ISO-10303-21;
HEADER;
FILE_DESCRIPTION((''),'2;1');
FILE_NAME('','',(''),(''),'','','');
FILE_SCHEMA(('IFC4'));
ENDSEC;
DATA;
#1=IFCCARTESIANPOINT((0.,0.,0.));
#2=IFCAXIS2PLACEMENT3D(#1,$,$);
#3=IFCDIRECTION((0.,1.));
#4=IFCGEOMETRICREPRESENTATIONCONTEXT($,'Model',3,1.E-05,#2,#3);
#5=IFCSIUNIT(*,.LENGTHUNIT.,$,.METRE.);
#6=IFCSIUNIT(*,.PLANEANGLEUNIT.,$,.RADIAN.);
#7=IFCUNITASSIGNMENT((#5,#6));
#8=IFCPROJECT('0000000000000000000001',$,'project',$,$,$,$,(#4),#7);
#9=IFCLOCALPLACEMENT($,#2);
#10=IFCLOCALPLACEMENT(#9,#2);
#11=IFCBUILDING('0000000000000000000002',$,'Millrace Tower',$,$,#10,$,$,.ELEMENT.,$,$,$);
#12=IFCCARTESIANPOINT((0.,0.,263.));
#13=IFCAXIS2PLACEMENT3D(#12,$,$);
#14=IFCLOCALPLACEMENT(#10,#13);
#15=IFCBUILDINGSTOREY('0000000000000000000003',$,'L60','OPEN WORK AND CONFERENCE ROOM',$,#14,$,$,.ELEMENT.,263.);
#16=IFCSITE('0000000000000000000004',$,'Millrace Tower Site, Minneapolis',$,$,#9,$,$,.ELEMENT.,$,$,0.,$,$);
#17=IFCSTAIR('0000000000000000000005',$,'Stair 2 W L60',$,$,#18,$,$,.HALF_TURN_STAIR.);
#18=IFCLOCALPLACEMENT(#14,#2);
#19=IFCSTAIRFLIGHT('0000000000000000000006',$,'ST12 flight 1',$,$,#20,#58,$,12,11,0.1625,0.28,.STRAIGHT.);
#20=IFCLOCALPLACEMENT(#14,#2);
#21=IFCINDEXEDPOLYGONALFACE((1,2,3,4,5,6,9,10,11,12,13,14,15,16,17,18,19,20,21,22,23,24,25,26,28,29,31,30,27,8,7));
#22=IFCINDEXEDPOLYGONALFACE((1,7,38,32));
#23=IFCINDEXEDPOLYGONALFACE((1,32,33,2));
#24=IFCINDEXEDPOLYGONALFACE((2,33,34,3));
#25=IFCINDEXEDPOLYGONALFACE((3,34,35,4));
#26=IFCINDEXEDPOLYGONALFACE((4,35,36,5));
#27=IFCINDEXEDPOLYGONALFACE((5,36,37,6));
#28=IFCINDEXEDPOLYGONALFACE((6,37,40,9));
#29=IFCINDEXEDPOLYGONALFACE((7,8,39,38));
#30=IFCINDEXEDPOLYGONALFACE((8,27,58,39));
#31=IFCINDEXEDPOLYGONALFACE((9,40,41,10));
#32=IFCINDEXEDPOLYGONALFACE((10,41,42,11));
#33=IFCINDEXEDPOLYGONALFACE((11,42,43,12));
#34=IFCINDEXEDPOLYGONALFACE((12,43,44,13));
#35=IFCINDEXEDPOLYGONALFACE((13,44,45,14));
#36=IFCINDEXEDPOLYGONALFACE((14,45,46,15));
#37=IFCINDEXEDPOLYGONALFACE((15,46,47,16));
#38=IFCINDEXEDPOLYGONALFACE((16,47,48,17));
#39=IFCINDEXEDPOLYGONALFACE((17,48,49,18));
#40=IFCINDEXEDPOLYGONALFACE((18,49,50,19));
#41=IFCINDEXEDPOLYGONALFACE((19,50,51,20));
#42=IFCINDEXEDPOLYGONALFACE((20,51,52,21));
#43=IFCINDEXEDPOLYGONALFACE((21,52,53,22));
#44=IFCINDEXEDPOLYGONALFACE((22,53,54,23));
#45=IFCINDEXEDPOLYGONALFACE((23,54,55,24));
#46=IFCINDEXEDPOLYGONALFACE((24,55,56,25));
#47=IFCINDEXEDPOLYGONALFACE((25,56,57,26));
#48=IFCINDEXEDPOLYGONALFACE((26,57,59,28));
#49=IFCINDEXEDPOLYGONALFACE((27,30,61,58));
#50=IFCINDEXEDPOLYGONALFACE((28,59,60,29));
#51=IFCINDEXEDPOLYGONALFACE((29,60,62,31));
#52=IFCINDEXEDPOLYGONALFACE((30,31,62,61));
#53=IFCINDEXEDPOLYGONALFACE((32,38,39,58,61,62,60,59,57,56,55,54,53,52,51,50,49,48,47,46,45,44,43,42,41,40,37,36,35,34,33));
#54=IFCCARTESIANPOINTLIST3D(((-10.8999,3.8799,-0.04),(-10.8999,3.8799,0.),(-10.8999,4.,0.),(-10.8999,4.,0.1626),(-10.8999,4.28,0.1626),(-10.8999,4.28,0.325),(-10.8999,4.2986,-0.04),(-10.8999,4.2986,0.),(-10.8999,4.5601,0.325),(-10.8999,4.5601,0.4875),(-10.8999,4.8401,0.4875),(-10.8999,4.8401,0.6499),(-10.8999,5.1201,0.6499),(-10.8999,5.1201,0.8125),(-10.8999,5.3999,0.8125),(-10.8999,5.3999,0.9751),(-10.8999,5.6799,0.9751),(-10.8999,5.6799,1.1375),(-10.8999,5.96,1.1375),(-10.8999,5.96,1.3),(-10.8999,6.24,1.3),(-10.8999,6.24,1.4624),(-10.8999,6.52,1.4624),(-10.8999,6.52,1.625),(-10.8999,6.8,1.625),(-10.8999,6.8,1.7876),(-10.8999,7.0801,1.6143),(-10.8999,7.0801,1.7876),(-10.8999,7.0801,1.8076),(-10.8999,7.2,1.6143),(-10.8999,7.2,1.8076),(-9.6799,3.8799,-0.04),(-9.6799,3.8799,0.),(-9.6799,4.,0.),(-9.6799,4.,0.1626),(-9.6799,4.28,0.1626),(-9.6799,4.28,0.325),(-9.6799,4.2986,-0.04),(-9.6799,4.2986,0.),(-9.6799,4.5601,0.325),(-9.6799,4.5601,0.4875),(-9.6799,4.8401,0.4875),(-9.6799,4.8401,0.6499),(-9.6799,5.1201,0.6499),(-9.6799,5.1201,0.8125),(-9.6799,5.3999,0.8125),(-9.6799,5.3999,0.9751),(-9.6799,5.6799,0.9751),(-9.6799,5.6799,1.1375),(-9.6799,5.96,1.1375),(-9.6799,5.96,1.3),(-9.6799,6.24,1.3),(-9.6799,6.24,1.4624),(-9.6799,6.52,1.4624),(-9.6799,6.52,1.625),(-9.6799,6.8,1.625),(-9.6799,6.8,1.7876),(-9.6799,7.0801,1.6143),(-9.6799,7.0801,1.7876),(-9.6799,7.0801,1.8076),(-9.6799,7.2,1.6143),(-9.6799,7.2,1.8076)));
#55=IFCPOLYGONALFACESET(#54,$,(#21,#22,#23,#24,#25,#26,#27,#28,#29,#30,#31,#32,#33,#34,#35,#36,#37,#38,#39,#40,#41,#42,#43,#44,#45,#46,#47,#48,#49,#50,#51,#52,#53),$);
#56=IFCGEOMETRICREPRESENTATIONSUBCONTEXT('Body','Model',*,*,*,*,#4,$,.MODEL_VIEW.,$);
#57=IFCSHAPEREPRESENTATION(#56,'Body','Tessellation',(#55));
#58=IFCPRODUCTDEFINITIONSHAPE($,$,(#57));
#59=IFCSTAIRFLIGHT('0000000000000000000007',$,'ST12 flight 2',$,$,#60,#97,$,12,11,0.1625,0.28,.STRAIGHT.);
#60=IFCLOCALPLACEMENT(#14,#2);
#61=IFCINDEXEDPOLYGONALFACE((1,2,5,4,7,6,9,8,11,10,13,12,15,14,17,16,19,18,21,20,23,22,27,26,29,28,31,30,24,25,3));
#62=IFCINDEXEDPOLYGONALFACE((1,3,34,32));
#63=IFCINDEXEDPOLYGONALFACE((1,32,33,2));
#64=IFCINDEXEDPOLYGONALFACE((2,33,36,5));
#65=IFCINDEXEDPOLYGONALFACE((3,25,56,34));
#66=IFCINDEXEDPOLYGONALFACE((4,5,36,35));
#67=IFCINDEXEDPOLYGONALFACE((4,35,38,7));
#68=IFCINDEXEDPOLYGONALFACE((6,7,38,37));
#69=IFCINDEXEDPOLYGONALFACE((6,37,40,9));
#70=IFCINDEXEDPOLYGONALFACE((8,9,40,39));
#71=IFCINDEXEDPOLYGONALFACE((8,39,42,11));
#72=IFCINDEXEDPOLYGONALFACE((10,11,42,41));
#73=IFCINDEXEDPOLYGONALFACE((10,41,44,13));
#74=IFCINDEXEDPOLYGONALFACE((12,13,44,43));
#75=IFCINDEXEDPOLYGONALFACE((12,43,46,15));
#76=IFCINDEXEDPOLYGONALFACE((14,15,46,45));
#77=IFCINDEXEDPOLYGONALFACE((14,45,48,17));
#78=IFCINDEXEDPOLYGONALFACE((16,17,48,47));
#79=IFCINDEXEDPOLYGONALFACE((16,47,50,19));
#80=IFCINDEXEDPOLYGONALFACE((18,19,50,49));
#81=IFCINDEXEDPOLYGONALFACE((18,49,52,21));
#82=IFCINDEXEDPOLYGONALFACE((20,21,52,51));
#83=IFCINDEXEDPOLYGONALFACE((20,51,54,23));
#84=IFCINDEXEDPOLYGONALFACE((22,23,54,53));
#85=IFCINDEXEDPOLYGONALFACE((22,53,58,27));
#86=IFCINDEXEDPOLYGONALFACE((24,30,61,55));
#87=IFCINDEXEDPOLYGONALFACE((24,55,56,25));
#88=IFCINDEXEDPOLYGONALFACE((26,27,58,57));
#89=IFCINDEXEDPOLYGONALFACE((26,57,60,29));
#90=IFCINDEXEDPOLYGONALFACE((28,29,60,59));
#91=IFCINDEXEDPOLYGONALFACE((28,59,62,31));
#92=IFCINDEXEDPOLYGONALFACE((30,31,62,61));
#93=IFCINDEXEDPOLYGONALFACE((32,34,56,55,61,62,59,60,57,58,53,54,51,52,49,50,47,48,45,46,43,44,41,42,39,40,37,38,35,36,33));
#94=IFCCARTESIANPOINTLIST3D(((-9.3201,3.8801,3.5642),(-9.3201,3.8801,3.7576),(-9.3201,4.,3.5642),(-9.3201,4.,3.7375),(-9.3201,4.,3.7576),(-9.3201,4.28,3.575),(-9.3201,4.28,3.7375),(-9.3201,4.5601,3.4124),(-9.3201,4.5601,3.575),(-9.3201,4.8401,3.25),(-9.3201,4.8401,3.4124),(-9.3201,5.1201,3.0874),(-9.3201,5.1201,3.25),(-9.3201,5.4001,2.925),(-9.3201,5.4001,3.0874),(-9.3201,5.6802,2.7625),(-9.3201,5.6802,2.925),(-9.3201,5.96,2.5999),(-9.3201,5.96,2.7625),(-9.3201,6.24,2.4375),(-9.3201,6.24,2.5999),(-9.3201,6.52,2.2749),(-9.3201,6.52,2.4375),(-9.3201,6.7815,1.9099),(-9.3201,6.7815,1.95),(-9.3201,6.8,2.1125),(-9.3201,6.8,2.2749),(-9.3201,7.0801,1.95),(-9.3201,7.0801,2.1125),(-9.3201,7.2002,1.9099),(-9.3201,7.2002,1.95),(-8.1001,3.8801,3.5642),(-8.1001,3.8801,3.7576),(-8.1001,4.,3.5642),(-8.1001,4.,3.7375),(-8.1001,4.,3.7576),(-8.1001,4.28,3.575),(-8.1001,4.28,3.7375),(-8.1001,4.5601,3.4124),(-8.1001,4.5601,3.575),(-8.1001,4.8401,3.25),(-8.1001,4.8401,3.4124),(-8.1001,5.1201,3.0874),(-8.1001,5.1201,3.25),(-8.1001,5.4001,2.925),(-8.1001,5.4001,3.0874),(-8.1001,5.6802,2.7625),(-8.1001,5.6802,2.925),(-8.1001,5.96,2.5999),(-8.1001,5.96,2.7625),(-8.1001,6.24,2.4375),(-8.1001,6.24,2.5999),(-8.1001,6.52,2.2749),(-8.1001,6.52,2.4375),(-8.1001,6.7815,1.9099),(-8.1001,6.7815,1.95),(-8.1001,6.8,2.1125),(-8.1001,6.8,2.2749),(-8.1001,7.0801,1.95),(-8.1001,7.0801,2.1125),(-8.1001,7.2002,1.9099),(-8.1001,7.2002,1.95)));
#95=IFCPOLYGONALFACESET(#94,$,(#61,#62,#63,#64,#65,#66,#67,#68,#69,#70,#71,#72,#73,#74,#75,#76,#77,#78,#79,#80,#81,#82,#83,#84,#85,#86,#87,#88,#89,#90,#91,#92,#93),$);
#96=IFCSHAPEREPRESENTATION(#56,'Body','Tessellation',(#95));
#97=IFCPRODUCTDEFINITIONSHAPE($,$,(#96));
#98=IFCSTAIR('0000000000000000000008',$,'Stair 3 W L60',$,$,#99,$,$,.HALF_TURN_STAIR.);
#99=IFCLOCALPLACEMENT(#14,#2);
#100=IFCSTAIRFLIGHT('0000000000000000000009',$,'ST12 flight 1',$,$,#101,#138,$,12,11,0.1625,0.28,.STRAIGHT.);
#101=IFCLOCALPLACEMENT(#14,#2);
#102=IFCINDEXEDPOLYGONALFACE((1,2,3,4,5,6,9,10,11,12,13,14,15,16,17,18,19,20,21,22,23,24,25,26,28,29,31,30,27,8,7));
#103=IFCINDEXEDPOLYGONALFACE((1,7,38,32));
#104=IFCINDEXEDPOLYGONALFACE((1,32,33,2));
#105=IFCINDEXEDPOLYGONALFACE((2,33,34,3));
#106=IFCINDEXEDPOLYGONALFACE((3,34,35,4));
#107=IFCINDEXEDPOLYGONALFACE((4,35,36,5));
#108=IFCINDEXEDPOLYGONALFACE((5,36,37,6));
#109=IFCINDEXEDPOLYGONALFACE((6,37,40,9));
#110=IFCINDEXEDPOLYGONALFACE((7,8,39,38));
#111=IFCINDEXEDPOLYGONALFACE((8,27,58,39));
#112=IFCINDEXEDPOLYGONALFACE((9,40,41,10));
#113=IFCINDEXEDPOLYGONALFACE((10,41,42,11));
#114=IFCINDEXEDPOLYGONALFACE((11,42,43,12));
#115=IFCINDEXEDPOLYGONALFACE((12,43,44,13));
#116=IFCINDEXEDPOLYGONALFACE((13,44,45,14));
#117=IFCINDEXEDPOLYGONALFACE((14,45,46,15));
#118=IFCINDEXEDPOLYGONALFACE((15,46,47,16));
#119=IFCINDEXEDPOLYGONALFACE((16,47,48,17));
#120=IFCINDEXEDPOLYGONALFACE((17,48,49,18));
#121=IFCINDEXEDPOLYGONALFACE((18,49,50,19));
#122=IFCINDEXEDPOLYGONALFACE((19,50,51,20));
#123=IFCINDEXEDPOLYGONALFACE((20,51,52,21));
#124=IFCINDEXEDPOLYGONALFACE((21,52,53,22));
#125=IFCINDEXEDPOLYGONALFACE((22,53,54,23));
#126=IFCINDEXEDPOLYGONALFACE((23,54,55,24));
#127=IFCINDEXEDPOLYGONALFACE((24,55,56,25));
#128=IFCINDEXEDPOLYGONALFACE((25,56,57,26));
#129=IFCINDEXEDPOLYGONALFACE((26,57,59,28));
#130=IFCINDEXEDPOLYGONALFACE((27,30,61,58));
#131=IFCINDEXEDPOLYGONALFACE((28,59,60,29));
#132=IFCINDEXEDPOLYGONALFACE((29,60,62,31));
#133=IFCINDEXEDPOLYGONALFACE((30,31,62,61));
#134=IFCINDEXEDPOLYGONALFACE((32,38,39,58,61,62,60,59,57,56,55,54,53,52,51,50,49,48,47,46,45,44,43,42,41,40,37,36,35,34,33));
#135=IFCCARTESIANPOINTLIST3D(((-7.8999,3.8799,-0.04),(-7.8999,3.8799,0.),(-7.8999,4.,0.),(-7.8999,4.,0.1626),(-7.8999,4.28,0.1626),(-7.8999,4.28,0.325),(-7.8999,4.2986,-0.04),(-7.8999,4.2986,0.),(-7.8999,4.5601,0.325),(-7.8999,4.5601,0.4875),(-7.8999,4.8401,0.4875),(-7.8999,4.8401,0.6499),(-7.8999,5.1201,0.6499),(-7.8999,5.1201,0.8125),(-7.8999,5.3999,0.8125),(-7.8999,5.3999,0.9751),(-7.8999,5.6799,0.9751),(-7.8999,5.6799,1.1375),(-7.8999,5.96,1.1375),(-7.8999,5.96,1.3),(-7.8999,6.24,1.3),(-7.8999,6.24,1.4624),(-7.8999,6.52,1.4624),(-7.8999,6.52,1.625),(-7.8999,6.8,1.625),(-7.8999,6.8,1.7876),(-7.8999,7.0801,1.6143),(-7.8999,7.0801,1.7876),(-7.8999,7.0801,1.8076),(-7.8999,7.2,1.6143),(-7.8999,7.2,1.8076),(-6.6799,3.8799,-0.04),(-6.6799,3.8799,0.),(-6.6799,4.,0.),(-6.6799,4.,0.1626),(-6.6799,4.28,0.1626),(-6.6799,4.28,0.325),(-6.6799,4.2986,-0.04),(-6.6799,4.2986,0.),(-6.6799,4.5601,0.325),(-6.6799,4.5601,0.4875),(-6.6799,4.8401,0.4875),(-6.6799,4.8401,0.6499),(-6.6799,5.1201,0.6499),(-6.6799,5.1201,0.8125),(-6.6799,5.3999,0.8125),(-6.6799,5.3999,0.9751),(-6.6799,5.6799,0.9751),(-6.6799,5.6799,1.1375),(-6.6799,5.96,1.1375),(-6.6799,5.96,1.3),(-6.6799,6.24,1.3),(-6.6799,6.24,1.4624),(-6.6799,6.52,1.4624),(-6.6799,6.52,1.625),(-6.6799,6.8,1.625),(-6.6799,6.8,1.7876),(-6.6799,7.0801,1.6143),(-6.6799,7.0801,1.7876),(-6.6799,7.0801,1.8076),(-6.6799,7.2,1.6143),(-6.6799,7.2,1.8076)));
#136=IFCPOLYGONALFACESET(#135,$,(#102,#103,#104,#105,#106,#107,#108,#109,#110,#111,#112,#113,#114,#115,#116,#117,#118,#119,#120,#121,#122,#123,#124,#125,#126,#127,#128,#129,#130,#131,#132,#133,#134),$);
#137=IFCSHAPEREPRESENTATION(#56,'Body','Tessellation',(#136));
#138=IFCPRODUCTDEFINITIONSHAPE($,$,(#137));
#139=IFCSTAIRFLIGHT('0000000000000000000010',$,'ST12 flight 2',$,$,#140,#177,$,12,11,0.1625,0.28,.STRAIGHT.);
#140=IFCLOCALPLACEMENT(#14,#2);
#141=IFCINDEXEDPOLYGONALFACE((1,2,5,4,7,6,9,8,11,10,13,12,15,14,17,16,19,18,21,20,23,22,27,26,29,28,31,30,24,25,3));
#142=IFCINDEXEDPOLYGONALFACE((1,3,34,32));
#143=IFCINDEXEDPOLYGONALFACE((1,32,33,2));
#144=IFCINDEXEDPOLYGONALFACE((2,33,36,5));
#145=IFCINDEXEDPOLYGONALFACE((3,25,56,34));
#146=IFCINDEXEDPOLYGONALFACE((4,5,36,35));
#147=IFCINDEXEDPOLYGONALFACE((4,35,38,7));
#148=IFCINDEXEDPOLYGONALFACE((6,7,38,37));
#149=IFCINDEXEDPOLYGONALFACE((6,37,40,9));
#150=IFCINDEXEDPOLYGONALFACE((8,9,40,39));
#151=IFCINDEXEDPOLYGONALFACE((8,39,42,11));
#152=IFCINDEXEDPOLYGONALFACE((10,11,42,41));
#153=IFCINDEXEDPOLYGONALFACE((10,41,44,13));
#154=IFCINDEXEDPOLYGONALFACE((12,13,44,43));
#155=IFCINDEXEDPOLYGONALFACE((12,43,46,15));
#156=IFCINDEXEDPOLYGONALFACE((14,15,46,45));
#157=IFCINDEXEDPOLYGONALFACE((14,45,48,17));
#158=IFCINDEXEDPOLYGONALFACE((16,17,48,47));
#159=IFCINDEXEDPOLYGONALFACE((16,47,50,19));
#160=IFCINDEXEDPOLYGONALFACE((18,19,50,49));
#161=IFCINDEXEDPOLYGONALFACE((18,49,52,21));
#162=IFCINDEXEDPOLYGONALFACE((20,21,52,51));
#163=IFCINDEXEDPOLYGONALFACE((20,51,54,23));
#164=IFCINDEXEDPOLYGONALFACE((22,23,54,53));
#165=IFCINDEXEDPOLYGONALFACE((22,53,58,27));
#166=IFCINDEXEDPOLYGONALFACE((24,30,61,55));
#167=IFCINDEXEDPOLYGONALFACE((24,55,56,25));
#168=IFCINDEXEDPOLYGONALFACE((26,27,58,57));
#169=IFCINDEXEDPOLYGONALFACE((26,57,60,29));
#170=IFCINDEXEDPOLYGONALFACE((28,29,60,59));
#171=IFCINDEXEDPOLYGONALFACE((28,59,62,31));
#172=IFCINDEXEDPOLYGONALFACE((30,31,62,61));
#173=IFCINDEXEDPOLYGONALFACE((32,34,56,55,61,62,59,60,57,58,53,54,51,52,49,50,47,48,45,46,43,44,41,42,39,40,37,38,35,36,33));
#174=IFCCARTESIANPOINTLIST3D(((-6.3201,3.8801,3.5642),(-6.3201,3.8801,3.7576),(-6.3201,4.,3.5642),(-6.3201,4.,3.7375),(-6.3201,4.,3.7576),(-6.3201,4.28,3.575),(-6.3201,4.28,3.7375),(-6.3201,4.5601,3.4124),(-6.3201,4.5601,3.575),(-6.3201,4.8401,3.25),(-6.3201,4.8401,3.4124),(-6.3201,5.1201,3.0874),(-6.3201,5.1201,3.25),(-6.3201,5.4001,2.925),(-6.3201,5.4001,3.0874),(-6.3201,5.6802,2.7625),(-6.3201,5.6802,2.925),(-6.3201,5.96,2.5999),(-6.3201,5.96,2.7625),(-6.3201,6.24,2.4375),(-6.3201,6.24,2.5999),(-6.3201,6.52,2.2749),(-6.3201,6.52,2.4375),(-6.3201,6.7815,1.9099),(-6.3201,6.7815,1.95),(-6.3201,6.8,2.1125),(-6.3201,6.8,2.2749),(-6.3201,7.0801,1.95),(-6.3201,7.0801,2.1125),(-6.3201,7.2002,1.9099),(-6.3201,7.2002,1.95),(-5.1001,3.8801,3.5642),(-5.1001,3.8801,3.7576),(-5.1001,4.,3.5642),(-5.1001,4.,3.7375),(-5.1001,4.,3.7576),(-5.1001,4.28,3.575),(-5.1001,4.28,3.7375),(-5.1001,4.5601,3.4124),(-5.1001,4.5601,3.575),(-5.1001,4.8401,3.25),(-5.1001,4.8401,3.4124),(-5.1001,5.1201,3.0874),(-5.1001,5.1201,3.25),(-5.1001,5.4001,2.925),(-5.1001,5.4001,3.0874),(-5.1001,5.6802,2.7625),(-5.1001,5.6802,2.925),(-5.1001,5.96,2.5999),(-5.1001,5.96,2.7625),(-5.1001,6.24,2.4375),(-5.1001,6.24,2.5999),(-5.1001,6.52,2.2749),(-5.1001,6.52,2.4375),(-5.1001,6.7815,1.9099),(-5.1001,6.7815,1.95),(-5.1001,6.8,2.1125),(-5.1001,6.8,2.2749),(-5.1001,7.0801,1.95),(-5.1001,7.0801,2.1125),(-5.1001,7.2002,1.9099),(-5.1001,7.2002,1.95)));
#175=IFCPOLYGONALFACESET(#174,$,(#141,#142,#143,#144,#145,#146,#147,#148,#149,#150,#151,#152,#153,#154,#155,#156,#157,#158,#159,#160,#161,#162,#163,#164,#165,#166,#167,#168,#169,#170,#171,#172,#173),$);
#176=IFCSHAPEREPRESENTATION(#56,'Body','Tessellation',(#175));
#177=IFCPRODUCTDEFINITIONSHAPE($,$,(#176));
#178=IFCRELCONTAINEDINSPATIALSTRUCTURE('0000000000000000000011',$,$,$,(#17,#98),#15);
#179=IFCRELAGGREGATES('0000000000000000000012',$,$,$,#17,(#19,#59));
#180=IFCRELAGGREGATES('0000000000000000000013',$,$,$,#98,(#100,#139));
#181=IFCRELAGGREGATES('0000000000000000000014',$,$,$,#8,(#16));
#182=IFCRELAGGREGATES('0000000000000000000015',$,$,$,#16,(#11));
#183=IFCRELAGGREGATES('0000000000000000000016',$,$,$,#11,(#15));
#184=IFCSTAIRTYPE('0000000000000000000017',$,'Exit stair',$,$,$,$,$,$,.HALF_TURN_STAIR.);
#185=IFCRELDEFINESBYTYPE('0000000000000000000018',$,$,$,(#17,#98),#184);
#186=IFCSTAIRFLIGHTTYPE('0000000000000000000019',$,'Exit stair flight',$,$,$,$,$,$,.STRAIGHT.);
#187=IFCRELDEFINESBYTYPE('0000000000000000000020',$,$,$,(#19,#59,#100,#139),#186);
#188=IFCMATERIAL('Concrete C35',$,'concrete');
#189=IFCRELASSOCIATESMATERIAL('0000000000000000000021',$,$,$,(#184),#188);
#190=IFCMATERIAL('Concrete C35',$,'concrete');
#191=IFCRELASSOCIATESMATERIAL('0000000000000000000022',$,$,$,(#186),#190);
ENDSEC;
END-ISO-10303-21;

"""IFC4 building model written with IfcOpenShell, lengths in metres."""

from ifc_helpers import new_model, si_unit, direction, frame, origin, place, context, subcontext, project, spatial, polyline, outline, extrude, material, type_object, element, aggregate, save


model = new_model("IFC4")

# Units and contexts
model_context = context("Model", 3, precision=1e-05, world=origin(), true_north=direction((0.0, 1.0)))
body_context = subcontext(model_context, "Body", "Model", "MODEL_VIEW")
ifc_project = project(units=[si_unit("LENGTHUNIT", "METRE"), si_unit("PLANEANGLEUNIT", "RADIAN")], contexts=[model_context])

# Site, building, storey
site_placement = place(None, origin())
site = spatial("IfcSite", under=ifc_project, at=site_placement, Name="Millrace Tower Site, Minneapolis", CompositionType="ELEMENT", RefElevation=0.0)
building_placement = place(site_placement, origin())
building = spatial("IfcBuilding", under=site, at=building_placement, Name="Millrace Tower", CompositionType="ELEMENT")
storey_placement = place(building_placement, frame((0.0, 0.0, 263.0)))
storey = spatial("IfcBuildingStorey", under=building, at=storey_placement, Name="L60", Description="OPEN WORK AND CONFERENCE ROOM", CompositionType="ELEMENT", Elevation=263.0)

# Shared definitions
ifc_material_1 = material(Name="Concrete C35", Category="concrete")
stair_type = type_object("IfcStairType", Name="Exit stair", PredefinedType="HALF_TURN_STAIR", material=ifc_material_1)
placement = place(storey_placement, origin())
ifc_material_2 = material(Name="Concrete C35", Category="concrete")
stair_flight_type = type_object("IfcStairFlightType", Name="Exit stair flight", PredefinedType="STRAIGHT", material=ifc_material_2)

# Stairs, stair flights
stair_1 = element("IfcStair", 1, at=placement, inside=storey, type_object=stair_type, Name="Stair 2 W L60", PredefinedType="HALF_TURN_STAIR")
stair_flight_1_placement = place(storey_placement, frame((-10.29, 4.0, 0.0), z_axis=(0.0, 0.0, 1.0), x_axis=(0.0, 1.0, 0.0)))
stair_flight_1 = element("IfcStairFlight", 2, at=stair_flight_1_placement, type_object=stair_flight_type, Name="ST12 flight 1", NumberOfRisers=12, NumberOfTreads=11, PredefinedType="STRAIGHT", RiserHeight=0.1625, TreadLength=0.28, context=body_context, shape_type="SweptSolid", body=[
    extrude(outline(polyline([(-0.1201, -0.04), (-0.1201, 0.0), (0.0, 0.0), (0.0, 0.1626), (0.28, 0.1626), (0.28, 0.325), (0.5601, 0.325), (0.5601, 0.4875), (0.8401, 0.4875), (0.8401, 0.6499), (1.1201, 0.6499), (1.1201, 0.8125), (1.3999, 0.8125), (1.3999, 0.9751), (1.6799, 0.9751), (1.6799, 1.1375), (1.96, 1.1375), (1.96, 1.3), (2.24, 1.3), (2.24, 1.4624), (2.52, 1.4624), (2.52, 1.625), (2.8, 1.625), (2.8, 1.7876), (3.0801, 1.7876), (3.0801, 1.8076), (3.2, 1.8076), (3.2, 1.6143), (3.0801, 1.6143), (0.2986, 0.0), (0.2986, -0.04), (-0.1201, -0.04)])), frame((0.0, 0.6099, 0.0), z_axis=(0.0, -1.0, 0.0), x_axis=(1.0, 0.0, 0.0)), (0.0, 0.0, 1.0), 1.22),
])
stair_flight_2_placement = place(storey_placement, frame((-8.71, 7.0801, 1.95), z_axis=(0.0, 0.0, 1.0), x_axis=(0.0, -1.0, 0.0)))
stair_flight_2 = element("IfcStairFlight", 3, at=stair_flight_2_placement, type_object=stair_flight_type, Name="ST12 flight 2", NumberOfRisers=12, NumberOfTreads=11, PredefinedType="STRAIGHT", RiserHeight=0.1625, TreadLength=0.28, context=body_context, shape_type="SweptSolid", body=[
    extrude(outline(polyline([(-0.1201, -0.04), (-0.1201, 0.0), (0.0, 0.0), (0.0, 0.1626), (0.28, 0.1626), (0.28, 0.325), (0.5601, 0.325), (0.5601, 0.4875), (0.8401, 0.4875), (0.8401, 0.6499), (1.1201, 0.6499), (1.1201, 0.8125), (1.3999, 0.8125), (1.3999, 0.9751), (1.6799, 0.9751), (1.6799, 1.1375), (1.96, 1.1375), (1.96, 1.3), (2.24, 1.3), (2.24, 1.4624), (2.52, 1.4624), (2.52, 1.625), (2.8, 1.625), (2.8, 1.7876), (3.0801, 1.7876), (3.0801, 1.8076), (3.2, 1.8076), (3.2, 1.6143), (3.0801, 1.6143), (0.2986, 0.0), (0.2986, -0.04), (-0.1201, -0.04)])), frame((0.0, 0.6099, 0.0), z_axis=(0.0, -1.0, 0.0), x_axis=(1.0, 0.0, 0.0)), (0.0, 0.0, 1.0), 1.22),
])
aggregate(stair_1, [stair_flight_1, stair_flight_2])
stair_2 = element("IfcStair", 4, at=placement, inside=storey, type_object=stair_type, Name="Stair 3 W L60", PredefinedType="HALF_TURN_STAIR")
stair_flight_3_placement = place(storey_placement, frame((-7.29, 4.0, 0.0), z_axis=(0.0, 0.0, 1.0), x_axis=(0.0, 1.0, 0.0)))
stair_flight_3 = element("IfcStairFlight", 5, at=stair_flight_3_placement, type_object=stair_flight_type, Name="ST12 flight 1", NumberOfRisers=12, NumberOfTreads=11, PredefinedType="STRAIGHT", RiserHeight=0.1625, TreadLength=0.28, context=body_context, shape_type="SweptSolid", body=[
    extrude(outline(polyline([(-0.1201, -0.04), (-0.1201, 0.0), (0.0, 0.0), (0.0, 0.1626), (0.28, 0.1626), (0.28, 0.325), (0.5601, 0.325), (0.5601, 0.4875), (0.8401, 0.4875), (0.8401, 0.6499), (1.1201, 0.6499), (1.1201, 0.8125), (1.3999, 0.8125), (1.3999, 0.9751), (1.6799, 0.9751), (1.6799, 1.1375), (1.96, 1.1375), (1.96, 1.3), (2.24, 1.3), (2.24, 1.4624), (2.52, 1.4624), (2.52, 1.625), (2.8, 1.625), (2.8, 1.7876), (3.0801, 1.7876), (3.0801, 1.8076), (3.2, 1.8076), (3.2, 1.6143), (3.0801, 1.6143), (0.2986, 0.0), (0.2986, -0.04), (-0.1201, -0.04)])), frame((0.0, 0.6099, 0.0), z_axis=(0.0, -1.0, 0.0), x_axis=(1.0, 0.0, 0.0)), (0.0, 0.0, 1.0), 1.22),
])
stair_flight_4_placement = place(storey_placement, frame((-5.71, 7.0801, 1.95), z_axis=(0.0, 0.0, 1.0), x_axis=(0.0, -1.0, 0.0)))
stair_flight_4 = element("IfcStairFlight", 6, at=stair_flight_4_placement, type_object=stair_flight_type, Name="ST12 flight 2", NumberOfRisers=12, NumberOfTreads=11, PredefinedType="STRAIGHT", RiserHeight=0.1625, TreadLength=0.28, context=body_context, shape_type="SweptSolid", body=[
    extrude(outline(polyline([(-0.1201, -0.04), (-0.1201, 0.0), (0.0, 0.0), (0.0, 0.1626), (0.28, 0.1626), (0.28, 0.325), (0.5601, 0.325), (0.5601, 0.4875), (0.8401, 0.4875), (0.8401, 0.6499), (1.1201, 0.6499), (1.1201, 0.8125), (1.3999, 0.8125), (1.3999, 0.9751), (1.6799, 0.9751), (1.6799, 1.1375), (1.96, 1.1375), (1.96, 1.3), (2.24, 1.3), (2.24, 1.4624), (2.52, 1.4624), (2.52, 1.625), (2.8, 1.625), (2.8, 1.7876), (3.0801, 1.7876), (3.0801, 1.8076), (3.2, 1.8076), (3.2, 1.6143), (3.0801, 1.6143), (0.2986, 0.0), (0.2986, -0.04), (-0.1201, -0.04)])), frame((0.0, 0.6099, 0.0), z_axis=(0.0, -1.0, 0.0), x_axis=(1.0, 0.0, 0.0)), (0.0, 0.0, 1.0), 1.22),
])
aggregate(stair_2, [stair_flight_3, stair_flight_4])

save(model, "model.ifc")
